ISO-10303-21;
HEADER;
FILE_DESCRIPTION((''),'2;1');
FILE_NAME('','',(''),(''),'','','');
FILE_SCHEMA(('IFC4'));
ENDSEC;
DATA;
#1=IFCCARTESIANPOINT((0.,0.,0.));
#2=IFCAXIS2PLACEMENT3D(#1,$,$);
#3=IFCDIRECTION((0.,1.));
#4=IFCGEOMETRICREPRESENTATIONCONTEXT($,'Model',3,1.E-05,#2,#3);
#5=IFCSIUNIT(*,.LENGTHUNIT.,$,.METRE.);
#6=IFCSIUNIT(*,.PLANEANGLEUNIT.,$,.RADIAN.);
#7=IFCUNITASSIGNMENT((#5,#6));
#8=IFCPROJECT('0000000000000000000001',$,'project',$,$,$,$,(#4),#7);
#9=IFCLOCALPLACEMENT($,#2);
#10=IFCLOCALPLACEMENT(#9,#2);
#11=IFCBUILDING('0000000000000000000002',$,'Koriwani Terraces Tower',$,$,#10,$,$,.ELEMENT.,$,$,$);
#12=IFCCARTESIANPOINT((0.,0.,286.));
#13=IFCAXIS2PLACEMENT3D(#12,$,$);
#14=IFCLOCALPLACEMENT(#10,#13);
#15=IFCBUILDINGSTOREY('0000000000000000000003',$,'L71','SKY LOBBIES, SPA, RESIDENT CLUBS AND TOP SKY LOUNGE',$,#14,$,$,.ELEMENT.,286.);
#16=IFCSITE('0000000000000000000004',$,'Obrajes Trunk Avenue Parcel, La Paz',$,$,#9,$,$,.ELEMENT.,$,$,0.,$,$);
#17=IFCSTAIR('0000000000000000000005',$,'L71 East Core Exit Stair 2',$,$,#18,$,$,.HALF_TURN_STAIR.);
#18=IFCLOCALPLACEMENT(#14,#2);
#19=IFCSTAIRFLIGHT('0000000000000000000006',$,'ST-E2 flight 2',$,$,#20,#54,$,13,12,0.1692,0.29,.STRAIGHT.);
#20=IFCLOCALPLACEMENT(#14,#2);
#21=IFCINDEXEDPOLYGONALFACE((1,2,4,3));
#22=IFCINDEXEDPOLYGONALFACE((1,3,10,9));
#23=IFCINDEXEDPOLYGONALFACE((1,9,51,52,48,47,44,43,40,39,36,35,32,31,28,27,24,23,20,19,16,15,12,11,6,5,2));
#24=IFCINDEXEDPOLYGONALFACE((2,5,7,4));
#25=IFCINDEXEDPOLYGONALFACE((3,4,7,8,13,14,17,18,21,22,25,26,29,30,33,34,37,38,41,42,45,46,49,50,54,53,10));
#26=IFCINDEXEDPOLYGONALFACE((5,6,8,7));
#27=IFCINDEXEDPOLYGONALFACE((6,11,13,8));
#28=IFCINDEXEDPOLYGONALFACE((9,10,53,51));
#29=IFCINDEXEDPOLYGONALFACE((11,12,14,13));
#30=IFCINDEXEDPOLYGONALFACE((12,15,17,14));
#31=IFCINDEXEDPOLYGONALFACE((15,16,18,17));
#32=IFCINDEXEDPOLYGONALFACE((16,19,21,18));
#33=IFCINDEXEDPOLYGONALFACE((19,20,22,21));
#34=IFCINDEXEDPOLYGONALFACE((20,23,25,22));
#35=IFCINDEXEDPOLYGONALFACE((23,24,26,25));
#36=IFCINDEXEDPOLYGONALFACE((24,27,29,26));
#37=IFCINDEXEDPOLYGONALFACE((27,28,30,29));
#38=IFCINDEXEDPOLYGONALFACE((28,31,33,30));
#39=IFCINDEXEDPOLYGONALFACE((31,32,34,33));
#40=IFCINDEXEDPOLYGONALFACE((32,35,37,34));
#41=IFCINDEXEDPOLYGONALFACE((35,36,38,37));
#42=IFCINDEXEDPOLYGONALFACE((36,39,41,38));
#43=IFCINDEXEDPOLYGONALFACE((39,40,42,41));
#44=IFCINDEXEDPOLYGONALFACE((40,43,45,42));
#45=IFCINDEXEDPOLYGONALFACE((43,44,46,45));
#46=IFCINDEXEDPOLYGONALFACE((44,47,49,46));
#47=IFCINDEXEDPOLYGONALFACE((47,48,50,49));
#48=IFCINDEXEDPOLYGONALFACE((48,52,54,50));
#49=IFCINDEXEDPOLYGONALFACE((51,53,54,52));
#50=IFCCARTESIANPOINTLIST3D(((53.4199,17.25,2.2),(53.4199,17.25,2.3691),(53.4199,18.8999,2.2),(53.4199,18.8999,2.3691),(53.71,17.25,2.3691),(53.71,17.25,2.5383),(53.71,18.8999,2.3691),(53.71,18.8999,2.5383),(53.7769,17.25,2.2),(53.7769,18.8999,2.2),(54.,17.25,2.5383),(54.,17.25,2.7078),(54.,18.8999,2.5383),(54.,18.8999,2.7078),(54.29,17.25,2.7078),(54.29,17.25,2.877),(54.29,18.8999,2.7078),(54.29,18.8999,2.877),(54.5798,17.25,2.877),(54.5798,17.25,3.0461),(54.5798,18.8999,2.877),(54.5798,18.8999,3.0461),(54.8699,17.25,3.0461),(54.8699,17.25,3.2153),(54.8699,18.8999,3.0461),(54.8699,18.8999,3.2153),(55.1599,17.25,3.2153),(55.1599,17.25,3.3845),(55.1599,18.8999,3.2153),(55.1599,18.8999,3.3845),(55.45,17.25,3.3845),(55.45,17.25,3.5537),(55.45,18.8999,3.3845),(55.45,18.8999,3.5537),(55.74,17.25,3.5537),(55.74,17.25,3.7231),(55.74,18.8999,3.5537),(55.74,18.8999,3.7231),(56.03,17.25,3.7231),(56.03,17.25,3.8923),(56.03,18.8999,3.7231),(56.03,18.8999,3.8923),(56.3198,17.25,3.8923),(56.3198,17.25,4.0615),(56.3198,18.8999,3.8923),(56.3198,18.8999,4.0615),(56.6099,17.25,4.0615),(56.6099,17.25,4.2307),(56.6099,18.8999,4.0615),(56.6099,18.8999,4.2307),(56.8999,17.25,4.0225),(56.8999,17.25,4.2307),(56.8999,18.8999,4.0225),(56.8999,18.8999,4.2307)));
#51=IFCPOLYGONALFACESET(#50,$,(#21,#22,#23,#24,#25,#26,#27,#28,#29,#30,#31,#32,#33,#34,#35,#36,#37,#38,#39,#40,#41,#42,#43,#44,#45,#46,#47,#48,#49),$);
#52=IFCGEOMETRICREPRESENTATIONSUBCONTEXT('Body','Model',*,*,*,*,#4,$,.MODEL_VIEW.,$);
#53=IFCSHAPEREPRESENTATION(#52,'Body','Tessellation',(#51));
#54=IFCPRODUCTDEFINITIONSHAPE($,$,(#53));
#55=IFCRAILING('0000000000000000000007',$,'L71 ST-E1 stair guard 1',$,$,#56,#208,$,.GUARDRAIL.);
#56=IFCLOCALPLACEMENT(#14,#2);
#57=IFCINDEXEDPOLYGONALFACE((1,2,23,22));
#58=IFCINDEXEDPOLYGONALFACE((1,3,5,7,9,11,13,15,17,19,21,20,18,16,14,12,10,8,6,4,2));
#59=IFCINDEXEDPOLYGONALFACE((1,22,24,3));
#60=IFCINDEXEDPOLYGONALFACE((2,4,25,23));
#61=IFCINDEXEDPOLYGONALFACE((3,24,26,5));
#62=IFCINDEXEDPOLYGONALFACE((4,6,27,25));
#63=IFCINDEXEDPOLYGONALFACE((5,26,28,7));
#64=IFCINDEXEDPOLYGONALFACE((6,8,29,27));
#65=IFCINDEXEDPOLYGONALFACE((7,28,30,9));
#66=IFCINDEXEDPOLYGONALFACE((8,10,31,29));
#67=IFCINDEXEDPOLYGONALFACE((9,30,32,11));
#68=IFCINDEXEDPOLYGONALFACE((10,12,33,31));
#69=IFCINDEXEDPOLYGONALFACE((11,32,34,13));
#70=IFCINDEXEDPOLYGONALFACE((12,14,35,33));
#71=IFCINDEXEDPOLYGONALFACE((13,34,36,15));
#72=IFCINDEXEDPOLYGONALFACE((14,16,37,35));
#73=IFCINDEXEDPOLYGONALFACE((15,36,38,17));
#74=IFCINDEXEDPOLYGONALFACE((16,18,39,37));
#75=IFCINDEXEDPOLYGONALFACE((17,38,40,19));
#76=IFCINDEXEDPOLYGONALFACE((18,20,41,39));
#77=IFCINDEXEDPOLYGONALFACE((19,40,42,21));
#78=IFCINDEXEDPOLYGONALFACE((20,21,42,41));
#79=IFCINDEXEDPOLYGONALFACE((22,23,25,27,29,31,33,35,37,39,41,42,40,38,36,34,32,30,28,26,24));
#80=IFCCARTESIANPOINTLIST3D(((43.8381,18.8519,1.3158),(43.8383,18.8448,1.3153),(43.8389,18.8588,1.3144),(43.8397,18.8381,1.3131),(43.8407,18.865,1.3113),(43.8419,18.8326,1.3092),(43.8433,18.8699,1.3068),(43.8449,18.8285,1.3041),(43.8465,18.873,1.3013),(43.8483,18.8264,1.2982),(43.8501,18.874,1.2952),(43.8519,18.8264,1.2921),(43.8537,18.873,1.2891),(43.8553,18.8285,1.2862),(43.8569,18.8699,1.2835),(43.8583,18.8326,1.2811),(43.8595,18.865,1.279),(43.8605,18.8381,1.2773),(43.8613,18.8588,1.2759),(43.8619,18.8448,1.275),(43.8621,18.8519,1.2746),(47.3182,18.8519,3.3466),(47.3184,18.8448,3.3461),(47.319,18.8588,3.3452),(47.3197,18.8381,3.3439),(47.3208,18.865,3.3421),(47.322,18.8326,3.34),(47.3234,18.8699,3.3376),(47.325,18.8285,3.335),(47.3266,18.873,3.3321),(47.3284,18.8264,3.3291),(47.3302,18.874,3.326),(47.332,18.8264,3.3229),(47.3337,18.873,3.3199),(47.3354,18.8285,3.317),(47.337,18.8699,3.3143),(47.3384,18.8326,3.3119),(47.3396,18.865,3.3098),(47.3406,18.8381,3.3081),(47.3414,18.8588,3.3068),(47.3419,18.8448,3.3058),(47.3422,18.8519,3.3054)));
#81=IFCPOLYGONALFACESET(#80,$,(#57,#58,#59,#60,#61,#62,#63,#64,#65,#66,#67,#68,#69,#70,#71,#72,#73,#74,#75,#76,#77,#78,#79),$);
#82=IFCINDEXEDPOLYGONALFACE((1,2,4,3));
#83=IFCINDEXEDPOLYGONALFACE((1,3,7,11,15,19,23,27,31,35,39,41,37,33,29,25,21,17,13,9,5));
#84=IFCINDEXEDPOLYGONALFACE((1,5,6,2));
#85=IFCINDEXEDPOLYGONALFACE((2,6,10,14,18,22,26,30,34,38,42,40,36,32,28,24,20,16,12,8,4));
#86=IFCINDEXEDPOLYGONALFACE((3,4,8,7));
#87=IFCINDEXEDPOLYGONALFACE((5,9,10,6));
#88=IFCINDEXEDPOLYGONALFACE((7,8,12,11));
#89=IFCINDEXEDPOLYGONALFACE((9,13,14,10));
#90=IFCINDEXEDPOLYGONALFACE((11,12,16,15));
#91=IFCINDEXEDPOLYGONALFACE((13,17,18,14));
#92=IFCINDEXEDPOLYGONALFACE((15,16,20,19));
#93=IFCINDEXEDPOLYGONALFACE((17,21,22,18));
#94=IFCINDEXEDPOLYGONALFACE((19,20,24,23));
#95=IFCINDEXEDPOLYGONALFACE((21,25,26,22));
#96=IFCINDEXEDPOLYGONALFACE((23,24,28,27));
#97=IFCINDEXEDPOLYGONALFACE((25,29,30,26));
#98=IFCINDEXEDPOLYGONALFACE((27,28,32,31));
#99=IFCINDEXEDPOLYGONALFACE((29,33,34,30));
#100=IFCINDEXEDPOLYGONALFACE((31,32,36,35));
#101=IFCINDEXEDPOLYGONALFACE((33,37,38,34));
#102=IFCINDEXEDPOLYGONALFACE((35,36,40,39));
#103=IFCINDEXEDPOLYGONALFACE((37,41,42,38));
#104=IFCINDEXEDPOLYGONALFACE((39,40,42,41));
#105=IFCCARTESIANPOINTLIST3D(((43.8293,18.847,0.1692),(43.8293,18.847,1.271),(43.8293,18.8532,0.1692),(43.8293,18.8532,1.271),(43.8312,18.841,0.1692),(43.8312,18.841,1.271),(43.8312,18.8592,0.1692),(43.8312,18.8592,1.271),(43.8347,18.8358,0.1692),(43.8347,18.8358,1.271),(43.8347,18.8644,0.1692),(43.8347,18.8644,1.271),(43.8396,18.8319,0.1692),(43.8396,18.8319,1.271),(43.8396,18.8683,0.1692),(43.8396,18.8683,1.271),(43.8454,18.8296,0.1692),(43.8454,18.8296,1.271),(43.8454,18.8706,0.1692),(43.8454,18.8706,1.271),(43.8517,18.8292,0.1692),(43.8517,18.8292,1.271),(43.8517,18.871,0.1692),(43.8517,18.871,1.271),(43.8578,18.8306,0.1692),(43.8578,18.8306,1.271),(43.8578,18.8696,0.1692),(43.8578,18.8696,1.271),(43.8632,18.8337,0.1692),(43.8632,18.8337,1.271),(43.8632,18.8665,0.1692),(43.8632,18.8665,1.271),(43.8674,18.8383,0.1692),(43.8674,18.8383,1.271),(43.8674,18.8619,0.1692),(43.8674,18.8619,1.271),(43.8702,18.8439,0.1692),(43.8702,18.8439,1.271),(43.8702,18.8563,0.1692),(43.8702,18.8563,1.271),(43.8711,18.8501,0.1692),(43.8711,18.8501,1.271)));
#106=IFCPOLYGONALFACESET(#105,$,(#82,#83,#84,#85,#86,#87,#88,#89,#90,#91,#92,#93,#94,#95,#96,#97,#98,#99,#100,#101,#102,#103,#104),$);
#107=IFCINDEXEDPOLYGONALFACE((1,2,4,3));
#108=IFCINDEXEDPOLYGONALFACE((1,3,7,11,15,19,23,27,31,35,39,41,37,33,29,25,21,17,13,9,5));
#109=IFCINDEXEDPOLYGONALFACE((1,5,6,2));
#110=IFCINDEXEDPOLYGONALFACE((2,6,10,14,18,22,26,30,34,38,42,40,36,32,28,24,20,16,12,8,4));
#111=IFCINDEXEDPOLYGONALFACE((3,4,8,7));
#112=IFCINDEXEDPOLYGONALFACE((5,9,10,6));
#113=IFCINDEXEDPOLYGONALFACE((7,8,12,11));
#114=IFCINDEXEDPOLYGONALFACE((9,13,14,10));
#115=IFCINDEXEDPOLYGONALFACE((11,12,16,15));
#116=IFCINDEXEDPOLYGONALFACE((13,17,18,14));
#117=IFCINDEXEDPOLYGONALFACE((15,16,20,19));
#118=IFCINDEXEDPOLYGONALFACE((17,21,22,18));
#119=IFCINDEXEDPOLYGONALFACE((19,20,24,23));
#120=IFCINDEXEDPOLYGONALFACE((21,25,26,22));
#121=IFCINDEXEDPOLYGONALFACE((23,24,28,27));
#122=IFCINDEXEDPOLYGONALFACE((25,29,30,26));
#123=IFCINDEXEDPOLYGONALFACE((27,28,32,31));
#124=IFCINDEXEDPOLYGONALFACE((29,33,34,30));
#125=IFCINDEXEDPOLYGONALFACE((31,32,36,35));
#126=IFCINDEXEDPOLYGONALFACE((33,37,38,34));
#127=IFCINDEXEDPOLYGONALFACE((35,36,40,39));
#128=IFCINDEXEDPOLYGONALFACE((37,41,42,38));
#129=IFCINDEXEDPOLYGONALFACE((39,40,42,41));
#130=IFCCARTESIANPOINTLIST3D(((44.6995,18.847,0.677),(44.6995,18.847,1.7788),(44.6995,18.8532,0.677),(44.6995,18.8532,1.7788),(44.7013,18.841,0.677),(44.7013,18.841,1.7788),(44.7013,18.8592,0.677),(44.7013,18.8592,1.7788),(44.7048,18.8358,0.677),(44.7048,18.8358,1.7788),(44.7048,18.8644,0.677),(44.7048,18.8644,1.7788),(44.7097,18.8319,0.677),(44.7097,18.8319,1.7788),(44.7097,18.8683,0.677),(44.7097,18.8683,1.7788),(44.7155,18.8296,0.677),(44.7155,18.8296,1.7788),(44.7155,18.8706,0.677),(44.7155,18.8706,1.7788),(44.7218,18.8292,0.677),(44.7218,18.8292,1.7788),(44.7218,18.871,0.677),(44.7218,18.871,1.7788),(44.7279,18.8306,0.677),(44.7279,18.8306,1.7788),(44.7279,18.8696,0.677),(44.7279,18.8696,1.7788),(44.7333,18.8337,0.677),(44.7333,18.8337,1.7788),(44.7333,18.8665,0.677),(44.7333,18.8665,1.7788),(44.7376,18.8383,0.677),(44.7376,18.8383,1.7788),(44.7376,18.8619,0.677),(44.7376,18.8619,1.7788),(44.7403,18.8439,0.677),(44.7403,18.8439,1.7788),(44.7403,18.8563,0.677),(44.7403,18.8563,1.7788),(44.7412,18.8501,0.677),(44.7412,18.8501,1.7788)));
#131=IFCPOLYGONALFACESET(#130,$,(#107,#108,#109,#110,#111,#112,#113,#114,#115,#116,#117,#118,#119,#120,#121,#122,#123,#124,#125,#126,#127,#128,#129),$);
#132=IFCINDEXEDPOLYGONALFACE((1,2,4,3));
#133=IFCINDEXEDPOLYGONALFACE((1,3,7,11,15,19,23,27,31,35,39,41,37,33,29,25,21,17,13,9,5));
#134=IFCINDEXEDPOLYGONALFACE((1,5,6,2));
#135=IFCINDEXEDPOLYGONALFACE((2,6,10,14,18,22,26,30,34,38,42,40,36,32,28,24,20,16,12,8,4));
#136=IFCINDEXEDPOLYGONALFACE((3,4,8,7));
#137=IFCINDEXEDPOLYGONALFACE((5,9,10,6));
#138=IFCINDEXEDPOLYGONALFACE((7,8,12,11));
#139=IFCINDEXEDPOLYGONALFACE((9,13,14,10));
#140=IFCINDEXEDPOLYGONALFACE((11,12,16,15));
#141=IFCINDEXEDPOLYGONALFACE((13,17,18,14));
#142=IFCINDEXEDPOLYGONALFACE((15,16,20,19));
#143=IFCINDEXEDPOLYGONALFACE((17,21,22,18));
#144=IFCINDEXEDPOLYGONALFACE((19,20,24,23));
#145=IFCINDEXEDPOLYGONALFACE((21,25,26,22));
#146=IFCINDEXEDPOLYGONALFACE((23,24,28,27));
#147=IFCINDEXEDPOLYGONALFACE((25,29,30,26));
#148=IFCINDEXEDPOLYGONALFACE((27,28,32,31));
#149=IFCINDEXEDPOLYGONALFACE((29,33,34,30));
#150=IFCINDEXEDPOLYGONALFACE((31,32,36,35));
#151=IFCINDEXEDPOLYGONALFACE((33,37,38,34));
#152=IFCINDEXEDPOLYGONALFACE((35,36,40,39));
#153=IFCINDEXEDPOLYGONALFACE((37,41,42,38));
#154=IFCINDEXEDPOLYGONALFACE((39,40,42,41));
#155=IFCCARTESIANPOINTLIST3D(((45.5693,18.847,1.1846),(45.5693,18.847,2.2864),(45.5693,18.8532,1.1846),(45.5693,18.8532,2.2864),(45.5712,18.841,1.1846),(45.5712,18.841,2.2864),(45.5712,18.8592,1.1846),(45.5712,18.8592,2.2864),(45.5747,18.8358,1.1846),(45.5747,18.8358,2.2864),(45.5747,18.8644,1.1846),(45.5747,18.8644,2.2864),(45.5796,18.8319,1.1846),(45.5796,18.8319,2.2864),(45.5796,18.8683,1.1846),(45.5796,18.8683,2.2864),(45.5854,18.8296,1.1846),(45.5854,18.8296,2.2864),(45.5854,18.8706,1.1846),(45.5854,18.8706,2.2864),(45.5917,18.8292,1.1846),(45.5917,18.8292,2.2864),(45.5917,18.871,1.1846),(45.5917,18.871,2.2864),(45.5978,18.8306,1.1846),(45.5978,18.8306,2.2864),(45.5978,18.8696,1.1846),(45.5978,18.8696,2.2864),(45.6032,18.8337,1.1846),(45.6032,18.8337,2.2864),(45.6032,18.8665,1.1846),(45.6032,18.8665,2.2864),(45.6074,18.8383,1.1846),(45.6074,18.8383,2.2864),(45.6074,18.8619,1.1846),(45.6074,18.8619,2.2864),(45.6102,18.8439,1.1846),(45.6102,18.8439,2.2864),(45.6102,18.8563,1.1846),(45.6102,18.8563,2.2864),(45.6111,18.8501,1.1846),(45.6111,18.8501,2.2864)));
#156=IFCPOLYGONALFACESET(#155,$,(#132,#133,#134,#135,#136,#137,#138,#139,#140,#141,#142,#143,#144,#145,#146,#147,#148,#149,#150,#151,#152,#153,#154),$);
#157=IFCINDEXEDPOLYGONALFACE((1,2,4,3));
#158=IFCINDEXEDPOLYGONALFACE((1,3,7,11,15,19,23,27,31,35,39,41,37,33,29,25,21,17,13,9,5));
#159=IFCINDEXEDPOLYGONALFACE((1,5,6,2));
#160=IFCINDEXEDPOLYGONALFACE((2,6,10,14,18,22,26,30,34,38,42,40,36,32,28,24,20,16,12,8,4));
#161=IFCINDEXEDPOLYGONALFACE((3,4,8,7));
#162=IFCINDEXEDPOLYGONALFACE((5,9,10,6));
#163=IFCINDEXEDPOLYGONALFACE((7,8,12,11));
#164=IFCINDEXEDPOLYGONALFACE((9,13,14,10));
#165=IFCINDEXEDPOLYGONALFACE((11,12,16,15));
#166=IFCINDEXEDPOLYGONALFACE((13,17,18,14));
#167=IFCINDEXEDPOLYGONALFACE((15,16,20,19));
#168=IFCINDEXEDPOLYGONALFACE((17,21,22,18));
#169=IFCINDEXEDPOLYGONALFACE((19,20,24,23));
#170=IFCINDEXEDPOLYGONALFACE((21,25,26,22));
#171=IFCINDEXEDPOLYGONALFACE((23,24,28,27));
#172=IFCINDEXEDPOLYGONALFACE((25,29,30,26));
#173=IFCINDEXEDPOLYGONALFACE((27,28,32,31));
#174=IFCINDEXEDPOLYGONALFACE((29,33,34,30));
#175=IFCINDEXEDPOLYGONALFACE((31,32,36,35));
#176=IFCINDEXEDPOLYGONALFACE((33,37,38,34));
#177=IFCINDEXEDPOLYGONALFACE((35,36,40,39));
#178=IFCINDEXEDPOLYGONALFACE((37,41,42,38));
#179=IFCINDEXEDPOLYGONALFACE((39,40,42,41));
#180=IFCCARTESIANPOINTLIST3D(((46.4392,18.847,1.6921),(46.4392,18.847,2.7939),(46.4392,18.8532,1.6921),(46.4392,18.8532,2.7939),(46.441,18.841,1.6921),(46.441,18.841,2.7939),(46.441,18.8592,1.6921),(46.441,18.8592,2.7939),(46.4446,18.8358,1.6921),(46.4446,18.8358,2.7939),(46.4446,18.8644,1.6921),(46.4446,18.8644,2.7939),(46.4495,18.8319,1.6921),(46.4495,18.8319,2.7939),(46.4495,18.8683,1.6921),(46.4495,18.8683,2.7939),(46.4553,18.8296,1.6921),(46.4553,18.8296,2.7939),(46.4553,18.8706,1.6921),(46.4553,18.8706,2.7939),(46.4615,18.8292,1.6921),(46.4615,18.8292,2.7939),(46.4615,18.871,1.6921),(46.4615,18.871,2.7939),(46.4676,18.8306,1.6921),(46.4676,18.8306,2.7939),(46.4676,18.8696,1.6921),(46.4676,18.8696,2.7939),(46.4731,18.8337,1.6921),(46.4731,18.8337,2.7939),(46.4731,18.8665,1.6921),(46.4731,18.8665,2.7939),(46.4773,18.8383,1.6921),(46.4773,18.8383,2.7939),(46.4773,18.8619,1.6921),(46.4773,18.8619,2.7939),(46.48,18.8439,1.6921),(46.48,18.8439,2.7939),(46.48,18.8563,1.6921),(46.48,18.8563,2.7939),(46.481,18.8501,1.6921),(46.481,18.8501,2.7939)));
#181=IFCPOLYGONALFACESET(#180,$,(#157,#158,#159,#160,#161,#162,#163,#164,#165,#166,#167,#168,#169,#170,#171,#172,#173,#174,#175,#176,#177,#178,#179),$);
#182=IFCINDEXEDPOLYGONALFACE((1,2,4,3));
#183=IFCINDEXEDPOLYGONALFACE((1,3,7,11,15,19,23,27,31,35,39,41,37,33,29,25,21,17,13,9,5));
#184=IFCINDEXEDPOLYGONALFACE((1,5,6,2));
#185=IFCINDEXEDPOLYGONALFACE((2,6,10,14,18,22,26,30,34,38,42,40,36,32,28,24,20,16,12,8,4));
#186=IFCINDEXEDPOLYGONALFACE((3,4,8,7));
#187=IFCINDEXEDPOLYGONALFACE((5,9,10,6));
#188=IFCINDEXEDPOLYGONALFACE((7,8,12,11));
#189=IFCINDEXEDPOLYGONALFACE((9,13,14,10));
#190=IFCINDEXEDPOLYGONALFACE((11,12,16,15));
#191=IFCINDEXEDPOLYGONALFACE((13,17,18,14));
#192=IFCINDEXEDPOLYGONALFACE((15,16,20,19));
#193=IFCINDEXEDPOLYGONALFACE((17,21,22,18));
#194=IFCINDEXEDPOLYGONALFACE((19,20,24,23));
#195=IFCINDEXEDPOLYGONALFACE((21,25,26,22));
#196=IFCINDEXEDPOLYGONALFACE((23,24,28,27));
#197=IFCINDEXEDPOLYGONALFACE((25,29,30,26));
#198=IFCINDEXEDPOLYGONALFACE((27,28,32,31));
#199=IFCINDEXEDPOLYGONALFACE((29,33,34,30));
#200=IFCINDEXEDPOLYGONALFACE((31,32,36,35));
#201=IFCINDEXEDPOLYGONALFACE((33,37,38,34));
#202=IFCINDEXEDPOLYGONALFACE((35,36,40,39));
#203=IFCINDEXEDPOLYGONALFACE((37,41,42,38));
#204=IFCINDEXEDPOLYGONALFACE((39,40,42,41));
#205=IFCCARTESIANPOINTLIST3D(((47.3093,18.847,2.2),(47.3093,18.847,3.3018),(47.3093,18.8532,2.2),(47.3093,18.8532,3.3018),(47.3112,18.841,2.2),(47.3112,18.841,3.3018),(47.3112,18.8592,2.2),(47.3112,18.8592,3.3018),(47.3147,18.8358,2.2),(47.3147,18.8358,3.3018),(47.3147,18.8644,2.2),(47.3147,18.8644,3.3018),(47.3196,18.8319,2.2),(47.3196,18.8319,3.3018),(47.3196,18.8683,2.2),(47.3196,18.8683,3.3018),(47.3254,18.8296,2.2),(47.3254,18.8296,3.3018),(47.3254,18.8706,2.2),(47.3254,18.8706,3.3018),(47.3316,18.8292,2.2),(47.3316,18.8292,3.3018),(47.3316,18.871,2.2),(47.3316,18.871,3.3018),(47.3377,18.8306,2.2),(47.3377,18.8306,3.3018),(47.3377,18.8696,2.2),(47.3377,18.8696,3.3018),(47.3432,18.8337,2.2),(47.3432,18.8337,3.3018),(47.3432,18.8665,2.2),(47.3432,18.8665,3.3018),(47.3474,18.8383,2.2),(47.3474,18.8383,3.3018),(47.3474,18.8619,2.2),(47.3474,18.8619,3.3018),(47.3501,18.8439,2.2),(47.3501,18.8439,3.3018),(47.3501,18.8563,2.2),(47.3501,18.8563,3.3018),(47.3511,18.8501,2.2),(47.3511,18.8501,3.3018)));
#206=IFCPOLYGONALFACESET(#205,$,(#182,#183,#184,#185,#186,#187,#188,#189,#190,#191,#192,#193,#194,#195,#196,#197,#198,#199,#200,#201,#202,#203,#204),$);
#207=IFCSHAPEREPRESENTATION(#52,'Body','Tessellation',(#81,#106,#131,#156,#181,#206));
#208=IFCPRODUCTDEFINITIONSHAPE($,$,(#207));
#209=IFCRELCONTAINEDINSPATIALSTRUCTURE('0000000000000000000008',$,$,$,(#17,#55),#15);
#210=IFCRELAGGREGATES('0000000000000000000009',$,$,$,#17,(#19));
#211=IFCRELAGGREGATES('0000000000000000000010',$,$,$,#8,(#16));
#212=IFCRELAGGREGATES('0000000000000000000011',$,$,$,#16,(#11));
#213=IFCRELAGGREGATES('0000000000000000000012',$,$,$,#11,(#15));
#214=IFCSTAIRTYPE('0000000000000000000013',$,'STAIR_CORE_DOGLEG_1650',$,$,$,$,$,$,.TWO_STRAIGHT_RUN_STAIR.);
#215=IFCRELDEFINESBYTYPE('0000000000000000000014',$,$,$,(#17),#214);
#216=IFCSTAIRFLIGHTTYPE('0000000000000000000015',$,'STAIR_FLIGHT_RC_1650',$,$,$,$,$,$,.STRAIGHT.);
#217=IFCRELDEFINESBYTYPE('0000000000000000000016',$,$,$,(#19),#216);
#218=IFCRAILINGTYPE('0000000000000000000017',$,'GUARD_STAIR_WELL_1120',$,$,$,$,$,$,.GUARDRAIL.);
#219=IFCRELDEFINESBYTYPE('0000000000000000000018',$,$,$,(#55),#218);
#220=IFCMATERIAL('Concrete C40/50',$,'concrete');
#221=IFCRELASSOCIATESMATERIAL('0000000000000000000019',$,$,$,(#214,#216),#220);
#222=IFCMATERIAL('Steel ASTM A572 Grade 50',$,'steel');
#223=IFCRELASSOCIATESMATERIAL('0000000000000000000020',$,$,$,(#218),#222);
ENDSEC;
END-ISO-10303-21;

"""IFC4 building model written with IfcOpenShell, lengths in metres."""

from ifc_helpers import new_model, si_unit, direction, frame, origin, origin_2d, place, context, subcontext, project, spatial, polyline, circle, outline, extrude, material, type_object, element, aggregate, save


model = new_model("IFC4")

# Units and contexts
model_context = context("Model", 3, precision=1e-05, world=origin(), true_north=direction((0.0, 1.0)))
body_context = subcontext(model_context, "Body", "Model", "MODEL_VIEW")
ifc_project = project(units=[si_unit("LENGTHUNIT", "METRE"), si_unit("PLANEANGLEUNIT", "RADIAN")], contexts=[model_context])

# Site, building, storey
site_placement = place(None, origin())
site = spatial("IfcSite", under=ifc_project, at=site_placement, Name="Obrajes Trunk Avenue Parcel, La Paz", CompositionType="ELEMENT", RefElevation=0.0)
building_placement = place(site_placement, origin())
building = spatial("IfcBuilding", under=site, at=building_placement, Name="Koriwani Terraces Tower", CompositionType="ELEMENT")
storey_placement = place(building_placement, frame((0.0, 0.0, 286.0)))
storey = spatial("IfcBuildingStorey", under=building, at=storey_placement, Name="L71", Description="SKY LOBBIES, SPA, RESIDENT CLUBS AND TOP SKY LOUNGE", CompositionType="ELEMENT", Elevation=286.0)

# Shared definitions
ifc_material_1 = material(Name="Concrete C40/50", Category="concrete")

# Shared definitions
stair_type = type_object("IfcStairType", Name="STAIR_CORE_DOGLEG_1650", PredefinedType="TWO_STRAIGHT_RUN_STAIR", material=ifc_material_1)
stair_flight_type = type_object("IfcStairFlightType", Name="STAIR_FLIGHT_RC_1650", PredefinedType="STRAIGHT", material=ifc_material_1)

# Stair, stair flight
stair_1_placement = place(storey_placement, origin())
stair_1 = element("IfcStair", 1, at=stair_1_placement, inside=storey, type_object=stair_type, Name="L71 East Core Exit Stair 2", PredefinedType="HALF_TURN_STAIR")
stair_flight_1_placement = place(storey_placement, frame((53.4199, 18.075, 2.2), z_axis=(0.0, 0.0, 1.0), x_axis=(1.0, 0.0, 0.0)))
stair_flight_1 = element("IfcStairFlight", 2, at=stair_flight_1_placement, type_object=stair_flight_type, Name="ST-E2 flight 2", NumberOfRisers=13, NumberOfTreads=12, PredefinedType="STRAIGHT", RiserHeight=0.1692, TreadLength=0.29, context=body_context, shape_type="SweptSolid", body=[
    extrude(outline(polyline([(0.0, 0.0), (0.0, 0.1692), (0.29, 0.1692), (0.29, 0.3384), (0.5801, 0.3384), (0.5801, 0.5078), (0.8701, 0.5078), (0.8701, 0.677), (1.1599, 0.677), (1.1599, 0.8462), (1.45, 0.8462), (1.45, 1.0154), (1.74, 1.0154), (1.74, 1.1846), (2.03, 1.1846), (2.03, 1.3538), (2.3201, 1.3538), (2.3201, 1.5232), (2.6101, 1.5232), (2.6101, 1.6924), (2.8999, 1.6924), (2.8999, 1.8616), (3.1899, 1.8616), (3.1899, 2.0308), (3.48, 2.0308), (3.48, 2.2), (3.48, 1.8225), (0.3569, 0.0), (0.0, 0.0)])), frame((0.0, 0.825, 0.0), z_axis=(0.0, -1.0, 0.0), x_axis=(1.0, 0.0, 0.0)), (0.0, 0.0, 1.0), 1.6499),
])
aggregate(stair_1, [stair_flight_1])

# Railing
ifc_material_2 = material(Name="Steel ASTM A572 Grade 50", Category="steel")
railing_type_1 = type_object("IfcRailingType", Name="GUARD_STAIR_WELL_1120", PredefinedType="GUARDRAIL", material=ifc_material_2)
railing_1_placement = place(storey_placement, frame((43.8501, 18.8501, 0.1692)))
element("IfcRailing", 3, at=railing_1_placement, inside=storey, type_object=railing_type_1, Name="L71 ST-E1 stair guard 1", PredefinedType="GUARDRAIL", context=body_context, shape_type="SweptSolid", body=[
    extrude(circle(Radius=0.0239, at=origin_2d()), frame((0.0, 0.0, 1.126), z_axis=(0.863695, 0.0, 0.504014), x_axis=(0.0, 1.0, 0.0)), (0.0, 0.0, 1.0), 4.0293),
    extrude(circle(Radius=0.021, at=origin_2d()), origin(), (0.0, 0.0, 1.0), 1.1018),
    extrude(circle(Radius=0.021, at=origin_2d()), frame((0.8701, 0.0, 0.5078)), (0.0, 0.0, 1.0), 1.1018),
    extrude(circle(Radius=0.021, at=origin_2d()), frame((1.74, 0.0, 1.0154)), (0.0, 0.0, 1.0), 1.1018),
    extrude(circle(Radius=0.021, at=origin_2d()), frame((2.6099, 0.0, 1.5229)), (0.0, 0.0, 1.0), 1.1018),
    extrude(circle(Radius=0.021, at=origin_2d()), frame((3.48, 0.0, 2.0308)), (0.0, 0.0, 1.0), 1.1018),
])

save(model, "model.ifc")
